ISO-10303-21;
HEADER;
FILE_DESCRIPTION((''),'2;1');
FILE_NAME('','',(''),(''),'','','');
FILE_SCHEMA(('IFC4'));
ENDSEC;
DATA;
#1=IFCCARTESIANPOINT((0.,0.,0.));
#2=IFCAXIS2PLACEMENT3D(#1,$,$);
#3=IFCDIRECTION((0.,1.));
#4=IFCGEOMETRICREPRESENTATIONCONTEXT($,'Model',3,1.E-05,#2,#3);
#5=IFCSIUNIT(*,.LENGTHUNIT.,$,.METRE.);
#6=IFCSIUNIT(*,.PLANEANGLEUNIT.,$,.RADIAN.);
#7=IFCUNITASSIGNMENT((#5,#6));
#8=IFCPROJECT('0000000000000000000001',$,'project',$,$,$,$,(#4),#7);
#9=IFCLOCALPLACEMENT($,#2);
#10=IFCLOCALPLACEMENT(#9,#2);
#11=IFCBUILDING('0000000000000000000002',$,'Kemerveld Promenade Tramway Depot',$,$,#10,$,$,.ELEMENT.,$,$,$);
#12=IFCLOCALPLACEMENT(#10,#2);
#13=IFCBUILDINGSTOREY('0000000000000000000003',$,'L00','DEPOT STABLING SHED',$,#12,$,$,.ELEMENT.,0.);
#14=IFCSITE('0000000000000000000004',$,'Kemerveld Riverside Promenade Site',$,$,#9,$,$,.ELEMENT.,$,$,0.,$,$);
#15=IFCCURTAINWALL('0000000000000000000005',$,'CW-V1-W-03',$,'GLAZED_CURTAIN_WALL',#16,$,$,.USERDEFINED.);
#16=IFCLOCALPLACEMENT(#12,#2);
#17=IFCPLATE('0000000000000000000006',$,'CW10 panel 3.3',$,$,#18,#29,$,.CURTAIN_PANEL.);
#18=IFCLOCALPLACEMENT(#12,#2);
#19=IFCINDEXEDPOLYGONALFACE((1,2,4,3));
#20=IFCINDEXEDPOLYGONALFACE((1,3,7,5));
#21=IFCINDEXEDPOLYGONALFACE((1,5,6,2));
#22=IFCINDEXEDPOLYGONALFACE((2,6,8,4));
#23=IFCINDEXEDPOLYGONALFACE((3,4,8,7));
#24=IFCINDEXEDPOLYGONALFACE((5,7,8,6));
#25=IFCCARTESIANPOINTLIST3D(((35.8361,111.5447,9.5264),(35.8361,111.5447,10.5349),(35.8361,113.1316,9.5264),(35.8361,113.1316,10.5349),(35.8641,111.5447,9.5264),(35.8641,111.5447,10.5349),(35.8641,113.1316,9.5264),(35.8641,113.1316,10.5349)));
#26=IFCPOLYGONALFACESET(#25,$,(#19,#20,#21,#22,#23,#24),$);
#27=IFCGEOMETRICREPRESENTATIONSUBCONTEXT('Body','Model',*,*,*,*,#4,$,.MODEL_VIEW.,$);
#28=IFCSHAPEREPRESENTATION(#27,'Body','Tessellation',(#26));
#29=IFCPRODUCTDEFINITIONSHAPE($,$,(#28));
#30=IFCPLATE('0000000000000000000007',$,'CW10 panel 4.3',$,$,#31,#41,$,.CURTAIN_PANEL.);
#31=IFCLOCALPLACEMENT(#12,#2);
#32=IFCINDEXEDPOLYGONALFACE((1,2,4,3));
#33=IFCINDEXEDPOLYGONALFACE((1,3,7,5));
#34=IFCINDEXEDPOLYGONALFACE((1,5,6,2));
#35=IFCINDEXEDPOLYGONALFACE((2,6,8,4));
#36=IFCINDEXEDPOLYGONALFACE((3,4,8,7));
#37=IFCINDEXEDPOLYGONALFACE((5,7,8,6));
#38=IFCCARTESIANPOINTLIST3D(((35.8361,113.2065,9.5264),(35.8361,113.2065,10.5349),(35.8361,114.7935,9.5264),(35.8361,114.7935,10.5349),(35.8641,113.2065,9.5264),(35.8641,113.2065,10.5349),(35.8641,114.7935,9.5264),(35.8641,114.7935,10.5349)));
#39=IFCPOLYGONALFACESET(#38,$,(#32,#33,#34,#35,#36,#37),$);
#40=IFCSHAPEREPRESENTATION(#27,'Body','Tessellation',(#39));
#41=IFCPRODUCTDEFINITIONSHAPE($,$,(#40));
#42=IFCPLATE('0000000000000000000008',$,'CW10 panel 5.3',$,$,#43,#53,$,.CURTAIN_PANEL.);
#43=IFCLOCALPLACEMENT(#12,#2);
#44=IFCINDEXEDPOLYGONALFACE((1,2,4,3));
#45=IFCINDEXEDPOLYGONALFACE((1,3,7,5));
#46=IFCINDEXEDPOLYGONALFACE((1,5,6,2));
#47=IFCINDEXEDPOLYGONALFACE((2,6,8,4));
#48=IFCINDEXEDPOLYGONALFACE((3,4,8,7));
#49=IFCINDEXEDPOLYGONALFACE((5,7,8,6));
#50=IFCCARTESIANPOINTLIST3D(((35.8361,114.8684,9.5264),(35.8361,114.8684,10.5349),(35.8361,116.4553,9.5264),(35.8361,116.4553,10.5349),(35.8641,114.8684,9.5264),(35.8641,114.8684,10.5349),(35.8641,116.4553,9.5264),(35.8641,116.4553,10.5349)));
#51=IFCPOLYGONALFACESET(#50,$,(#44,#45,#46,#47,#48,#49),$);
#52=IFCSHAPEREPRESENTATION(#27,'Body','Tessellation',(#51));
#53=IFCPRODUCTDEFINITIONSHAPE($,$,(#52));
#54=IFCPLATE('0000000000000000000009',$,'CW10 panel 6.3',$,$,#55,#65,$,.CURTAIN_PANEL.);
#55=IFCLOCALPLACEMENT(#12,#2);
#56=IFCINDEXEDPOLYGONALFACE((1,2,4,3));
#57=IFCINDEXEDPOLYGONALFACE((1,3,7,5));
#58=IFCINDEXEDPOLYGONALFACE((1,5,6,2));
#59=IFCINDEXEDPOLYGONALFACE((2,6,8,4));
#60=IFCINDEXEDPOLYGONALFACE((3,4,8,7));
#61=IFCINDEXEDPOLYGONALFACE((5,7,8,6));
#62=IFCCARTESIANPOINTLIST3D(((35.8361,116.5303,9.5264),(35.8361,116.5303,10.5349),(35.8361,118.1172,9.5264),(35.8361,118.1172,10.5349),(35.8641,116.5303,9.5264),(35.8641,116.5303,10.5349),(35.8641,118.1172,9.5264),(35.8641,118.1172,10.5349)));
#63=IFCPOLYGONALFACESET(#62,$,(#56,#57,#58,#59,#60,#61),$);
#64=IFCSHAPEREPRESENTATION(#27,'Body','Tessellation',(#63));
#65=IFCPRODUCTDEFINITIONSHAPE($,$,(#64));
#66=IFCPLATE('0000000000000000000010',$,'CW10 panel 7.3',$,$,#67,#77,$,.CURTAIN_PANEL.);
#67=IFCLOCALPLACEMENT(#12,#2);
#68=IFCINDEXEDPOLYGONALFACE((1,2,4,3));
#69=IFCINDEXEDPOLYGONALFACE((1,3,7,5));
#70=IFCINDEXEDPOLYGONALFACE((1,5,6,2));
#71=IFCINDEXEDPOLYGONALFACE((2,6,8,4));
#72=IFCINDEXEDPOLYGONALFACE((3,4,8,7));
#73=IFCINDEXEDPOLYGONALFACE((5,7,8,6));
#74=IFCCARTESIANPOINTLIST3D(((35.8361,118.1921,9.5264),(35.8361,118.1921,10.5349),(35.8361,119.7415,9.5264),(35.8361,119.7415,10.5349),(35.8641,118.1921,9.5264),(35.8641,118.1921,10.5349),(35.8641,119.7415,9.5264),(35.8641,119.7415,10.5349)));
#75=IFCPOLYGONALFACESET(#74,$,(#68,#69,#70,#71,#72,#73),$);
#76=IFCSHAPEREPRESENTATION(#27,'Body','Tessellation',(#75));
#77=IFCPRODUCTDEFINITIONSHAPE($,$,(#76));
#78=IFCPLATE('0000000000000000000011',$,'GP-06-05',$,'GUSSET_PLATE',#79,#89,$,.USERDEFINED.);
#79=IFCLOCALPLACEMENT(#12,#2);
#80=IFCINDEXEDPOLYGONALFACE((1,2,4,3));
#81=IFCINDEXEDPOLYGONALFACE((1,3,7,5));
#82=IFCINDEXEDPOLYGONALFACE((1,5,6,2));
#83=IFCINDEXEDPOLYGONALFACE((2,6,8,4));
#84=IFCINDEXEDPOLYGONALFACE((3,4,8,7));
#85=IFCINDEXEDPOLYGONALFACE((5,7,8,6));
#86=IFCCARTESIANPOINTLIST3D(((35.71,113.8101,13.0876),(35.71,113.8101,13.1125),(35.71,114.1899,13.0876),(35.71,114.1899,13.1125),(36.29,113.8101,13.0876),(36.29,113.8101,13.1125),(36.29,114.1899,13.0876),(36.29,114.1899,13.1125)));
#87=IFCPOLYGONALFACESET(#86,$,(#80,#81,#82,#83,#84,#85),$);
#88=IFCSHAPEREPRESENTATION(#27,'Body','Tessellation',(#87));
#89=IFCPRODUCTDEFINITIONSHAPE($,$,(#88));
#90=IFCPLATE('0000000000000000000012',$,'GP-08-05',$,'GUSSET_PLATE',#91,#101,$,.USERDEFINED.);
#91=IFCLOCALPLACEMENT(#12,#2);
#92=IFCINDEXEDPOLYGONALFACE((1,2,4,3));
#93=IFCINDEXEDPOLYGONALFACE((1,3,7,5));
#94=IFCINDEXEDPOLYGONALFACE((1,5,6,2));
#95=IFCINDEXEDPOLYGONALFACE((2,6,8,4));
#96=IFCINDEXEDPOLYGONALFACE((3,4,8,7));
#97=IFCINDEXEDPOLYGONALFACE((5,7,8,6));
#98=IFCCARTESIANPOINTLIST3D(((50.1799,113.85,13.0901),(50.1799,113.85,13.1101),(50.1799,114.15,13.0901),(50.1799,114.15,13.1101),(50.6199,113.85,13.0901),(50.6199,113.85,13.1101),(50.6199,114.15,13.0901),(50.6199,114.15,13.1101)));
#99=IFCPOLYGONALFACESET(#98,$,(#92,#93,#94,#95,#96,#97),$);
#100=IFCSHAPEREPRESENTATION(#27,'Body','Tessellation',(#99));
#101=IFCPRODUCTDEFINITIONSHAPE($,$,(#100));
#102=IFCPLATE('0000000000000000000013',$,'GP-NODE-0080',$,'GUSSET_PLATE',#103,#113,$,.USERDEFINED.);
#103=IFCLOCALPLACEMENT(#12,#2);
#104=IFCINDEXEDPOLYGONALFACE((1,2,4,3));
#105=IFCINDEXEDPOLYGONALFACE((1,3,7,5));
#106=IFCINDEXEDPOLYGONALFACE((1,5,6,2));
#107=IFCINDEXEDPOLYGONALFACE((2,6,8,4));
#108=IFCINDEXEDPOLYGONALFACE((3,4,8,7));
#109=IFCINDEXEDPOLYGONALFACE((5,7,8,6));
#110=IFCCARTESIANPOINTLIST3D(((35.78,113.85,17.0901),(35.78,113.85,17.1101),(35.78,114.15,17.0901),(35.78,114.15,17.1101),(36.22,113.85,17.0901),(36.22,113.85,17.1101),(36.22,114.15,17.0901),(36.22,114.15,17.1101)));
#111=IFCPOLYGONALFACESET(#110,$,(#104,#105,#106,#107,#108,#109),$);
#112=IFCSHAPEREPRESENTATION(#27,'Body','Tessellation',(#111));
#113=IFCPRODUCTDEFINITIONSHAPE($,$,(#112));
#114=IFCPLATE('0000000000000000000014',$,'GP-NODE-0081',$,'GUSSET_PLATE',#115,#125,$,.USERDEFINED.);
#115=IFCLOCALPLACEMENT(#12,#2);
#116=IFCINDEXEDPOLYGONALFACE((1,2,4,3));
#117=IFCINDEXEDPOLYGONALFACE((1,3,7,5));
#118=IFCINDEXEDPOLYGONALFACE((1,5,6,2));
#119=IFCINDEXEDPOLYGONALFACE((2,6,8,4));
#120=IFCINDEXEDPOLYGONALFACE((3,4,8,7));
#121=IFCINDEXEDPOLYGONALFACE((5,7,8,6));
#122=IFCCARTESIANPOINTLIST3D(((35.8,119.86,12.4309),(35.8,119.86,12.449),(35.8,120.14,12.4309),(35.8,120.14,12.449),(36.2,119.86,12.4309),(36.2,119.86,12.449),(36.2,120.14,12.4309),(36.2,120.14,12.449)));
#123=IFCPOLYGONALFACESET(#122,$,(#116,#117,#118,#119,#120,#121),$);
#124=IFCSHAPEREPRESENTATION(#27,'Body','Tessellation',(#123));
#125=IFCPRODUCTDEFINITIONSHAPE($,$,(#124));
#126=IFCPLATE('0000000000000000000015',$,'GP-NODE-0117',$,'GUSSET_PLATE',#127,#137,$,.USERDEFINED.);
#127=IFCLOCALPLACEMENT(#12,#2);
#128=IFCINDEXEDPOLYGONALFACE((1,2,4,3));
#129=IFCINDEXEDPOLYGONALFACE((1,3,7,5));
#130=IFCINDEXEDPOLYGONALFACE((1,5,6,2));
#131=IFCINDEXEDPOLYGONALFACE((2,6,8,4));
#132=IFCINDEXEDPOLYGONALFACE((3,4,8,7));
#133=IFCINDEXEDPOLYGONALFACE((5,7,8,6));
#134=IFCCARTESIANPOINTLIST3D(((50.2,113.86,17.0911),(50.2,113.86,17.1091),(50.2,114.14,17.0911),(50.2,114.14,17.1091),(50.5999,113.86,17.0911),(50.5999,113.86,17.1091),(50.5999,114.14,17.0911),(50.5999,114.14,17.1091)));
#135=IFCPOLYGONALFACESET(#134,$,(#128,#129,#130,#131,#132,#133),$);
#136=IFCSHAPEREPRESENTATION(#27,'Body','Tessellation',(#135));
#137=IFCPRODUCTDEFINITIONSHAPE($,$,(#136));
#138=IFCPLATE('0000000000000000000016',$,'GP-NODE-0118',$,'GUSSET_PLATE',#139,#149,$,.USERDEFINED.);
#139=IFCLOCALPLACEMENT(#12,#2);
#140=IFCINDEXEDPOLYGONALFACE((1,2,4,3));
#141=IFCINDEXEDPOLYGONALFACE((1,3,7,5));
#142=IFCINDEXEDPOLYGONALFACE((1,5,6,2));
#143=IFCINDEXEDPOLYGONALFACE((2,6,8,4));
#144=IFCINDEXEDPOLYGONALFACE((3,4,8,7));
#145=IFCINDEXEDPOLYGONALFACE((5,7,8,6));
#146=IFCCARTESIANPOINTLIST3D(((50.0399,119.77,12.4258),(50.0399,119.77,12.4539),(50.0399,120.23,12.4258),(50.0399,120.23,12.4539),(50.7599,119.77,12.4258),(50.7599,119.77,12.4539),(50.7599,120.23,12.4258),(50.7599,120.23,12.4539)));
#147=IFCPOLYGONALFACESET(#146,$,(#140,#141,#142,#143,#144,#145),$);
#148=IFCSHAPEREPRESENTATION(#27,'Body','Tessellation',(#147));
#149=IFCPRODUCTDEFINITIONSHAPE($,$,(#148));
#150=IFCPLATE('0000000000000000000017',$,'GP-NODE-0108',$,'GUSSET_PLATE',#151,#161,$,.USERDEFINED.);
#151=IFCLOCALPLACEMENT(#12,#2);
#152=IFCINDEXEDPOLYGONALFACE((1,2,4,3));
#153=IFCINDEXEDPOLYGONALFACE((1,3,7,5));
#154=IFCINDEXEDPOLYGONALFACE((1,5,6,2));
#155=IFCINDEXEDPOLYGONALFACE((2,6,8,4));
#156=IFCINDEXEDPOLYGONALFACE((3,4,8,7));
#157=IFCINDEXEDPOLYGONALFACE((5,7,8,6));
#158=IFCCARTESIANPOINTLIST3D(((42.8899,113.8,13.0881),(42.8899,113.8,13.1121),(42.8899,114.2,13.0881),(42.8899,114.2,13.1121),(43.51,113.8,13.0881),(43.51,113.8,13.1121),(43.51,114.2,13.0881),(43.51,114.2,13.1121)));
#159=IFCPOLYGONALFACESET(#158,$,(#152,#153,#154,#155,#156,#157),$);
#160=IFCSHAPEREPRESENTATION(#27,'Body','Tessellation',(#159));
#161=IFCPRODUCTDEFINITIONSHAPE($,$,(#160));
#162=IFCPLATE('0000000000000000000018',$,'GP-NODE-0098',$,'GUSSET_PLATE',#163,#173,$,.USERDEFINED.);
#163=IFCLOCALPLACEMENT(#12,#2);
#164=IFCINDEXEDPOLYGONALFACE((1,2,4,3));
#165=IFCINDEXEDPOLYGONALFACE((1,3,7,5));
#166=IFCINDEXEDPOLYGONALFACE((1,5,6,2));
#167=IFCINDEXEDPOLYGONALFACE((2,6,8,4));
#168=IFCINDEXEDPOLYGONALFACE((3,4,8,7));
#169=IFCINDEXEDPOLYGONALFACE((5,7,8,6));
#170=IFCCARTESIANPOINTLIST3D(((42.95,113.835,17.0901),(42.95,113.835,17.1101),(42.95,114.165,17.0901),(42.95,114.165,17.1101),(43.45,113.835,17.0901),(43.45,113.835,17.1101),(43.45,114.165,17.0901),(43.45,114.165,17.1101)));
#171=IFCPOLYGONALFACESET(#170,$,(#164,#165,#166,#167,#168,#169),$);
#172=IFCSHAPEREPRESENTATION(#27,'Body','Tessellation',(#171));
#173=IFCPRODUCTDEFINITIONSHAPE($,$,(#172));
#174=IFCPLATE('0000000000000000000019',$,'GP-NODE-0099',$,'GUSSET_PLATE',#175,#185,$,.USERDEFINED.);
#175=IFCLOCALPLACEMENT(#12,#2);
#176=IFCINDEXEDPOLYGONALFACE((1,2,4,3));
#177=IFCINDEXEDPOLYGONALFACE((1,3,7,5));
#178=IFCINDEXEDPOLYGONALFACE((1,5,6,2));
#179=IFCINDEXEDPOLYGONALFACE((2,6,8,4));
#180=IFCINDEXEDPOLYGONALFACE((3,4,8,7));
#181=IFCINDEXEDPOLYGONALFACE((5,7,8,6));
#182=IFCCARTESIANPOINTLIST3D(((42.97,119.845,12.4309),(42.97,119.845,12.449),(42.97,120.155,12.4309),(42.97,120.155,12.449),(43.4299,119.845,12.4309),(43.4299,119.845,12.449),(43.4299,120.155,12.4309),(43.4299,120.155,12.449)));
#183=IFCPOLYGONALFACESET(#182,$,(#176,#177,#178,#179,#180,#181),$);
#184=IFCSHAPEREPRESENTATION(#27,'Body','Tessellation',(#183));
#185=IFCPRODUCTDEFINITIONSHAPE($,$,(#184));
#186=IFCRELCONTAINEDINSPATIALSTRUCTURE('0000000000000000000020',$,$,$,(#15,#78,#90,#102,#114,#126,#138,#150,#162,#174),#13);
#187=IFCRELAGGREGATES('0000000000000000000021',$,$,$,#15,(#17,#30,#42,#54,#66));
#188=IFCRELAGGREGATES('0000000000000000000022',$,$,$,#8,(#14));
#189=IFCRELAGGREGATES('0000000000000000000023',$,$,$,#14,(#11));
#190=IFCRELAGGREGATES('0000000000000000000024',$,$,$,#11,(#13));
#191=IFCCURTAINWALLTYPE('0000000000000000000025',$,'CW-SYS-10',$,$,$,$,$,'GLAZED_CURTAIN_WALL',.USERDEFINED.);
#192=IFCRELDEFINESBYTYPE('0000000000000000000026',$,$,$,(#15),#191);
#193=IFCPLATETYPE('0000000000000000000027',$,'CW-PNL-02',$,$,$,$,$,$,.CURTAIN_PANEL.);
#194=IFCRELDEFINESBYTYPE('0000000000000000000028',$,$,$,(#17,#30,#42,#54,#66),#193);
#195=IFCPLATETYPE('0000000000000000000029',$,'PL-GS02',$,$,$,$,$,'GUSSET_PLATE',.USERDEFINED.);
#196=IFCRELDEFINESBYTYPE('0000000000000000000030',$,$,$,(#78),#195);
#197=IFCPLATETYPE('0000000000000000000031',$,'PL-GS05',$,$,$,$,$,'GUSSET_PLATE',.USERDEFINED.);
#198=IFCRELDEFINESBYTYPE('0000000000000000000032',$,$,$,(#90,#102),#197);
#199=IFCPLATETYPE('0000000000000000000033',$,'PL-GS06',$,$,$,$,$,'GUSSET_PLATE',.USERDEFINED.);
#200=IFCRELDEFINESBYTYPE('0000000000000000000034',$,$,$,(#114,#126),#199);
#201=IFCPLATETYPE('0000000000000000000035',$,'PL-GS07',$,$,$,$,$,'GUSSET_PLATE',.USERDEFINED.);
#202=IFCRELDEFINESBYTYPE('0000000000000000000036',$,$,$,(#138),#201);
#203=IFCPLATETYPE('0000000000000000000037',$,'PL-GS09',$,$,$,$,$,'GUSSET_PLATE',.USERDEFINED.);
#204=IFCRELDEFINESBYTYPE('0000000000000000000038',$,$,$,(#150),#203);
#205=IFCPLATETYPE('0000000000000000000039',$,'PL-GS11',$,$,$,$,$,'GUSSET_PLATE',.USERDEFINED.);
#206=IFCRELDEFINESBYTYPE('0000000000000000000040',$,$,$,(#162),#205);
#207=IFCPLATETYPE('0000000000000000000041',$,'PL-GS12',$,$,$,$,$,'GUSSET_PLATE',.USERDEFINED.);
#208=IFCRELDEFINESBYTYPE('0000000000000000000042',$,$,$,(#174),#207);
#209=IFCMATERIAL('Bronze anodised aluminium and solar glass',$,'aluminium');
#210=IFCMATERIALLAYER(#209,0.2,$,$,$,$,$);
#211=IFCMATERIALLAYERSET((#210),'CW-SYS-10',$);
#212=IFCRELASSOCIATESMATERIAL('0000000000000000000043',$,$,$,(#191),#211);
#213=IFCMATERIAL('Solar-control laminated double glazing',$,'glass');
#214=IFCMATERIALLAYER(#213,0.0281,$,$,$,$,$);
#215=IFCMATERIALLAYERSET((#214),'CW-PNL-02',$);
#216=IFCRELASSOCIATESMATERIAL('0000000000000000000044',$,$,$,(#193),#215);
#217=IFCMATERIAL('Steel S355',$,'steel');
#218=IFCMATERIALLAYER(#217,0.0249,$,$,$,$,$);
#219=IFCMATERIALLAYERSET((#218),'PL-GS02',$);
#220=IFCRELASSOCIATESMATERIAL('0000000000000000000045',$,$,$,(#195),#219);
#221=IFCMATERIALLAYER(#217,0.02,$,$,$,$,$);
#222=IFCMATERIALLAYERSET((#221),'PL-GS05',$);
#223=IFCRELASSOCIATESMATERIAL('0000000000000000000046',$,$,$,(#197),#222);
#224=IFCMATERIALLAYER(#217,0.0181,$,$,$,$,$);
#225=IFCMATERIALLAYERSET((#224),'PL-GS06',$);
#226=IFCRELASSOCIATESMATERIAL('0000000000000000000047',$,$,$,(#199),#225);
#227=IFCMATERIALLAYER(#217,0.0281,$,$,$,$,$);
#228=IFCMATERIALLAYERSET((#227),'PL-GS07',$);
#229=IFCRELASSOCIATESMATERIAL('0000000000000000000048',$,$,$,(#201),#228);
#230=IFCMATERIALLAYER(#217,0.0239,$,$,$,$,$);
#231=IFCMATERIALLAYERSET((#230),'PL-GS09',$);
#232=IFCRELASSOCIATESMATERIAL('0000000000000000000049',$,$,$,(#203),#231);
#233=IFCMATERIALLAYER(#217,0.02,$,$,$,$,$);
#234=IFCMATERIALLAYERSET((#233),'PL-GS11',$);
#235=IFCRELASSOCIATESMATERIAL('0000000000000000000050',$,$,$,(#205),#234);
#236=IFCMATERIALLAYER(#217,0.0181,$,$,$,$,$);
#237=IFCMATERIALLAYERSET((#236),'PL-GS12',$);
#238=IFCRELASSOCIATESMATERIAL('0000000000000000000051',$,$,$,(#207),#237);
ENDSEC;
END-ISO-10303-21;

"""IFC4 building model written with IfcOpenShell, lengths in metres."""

from ifc_helpers import new_model, si_unit, direction, frame, origin, origin_2d, place, context, subcontext, project, spatial, rectangle, extrude, material, layer, layer_set, type_object, element, aggregate, save


model = new_model("IFC4")

# Units and contexts
model_context = context("Model", 3, precision=1e-05, world=origin(), true_north=direction((0.0, 1.0)))
body_context = subcontext(model_context, "Body", "Model", "MODEL_VIEW")
ifc_project = project(units=[si_unit("LENGTHUNIT", "METRE"), si_unit("PLANEANGLEUNIT", "RADIAN")], contexts=[model_context])

# Site, building, storey
site_placement = place(None, origin())
site = spatial("IfcSite", under=ifc_project, at=site_placement, Name="Kemerveld Riverside Promenade Site", CompositionType="ELEMENT", RefElevation=0.0)
building_placement = place(site_placement, origin())
building = spatial("IfcBuilding", under=site, at=building_placement, Name="Kemerveld Promenade Tramway Depot", CompositionType="ELEMENT")
storey_placement = place(building_placement, origin())
storey = spatial("IfcBuildingStorey", under=building, at=storey_placement, Name="L00", Description="DEPOT STABLING SHED", CompositionType="ELEMENT", Elevation=0.0)

# Shared definitions
ifc_material_1 = material(Name="Steel S355", Category="steel")

# Curtain wall
ifc_material_2 = material(Name="Bronze anodised aluminium and solar glass", Category="aluminium")
ifc_layer_1 = layer(ifc_material_2, 0.2)
ifc_layer_set_1 = layer_set([ifc_layer_1], Name="CW-SYS-10")
curtain_wall_type = type_object("IfcCurtainWallType", Name="CW-SYS-10", ElementType="GLAZED_CURTAIN_WALL", PredefinedType="USERDEFINED", material=ifc_layer_set_1)
curtain_wall_placement = place(storey_placement, origin())
curtain_wall = element("IfcCurtainWall", 1, at=curtain_wall_placement, inside=storey, type_object=curtain_wall_type, Name="CW-V1-W-03", ObjectType="GLAZED_CURTAIN_WALL", PredefinedType="USERDEFINED")

# Plates
ifc_material_3 = material(Name="Solar-control laminated double glazing", Category="glass")
ifc_layer_2 = layer(ifc_material_3, 0.0281)
ifc_layer_set_2 = layer_set([ifc_layer_2], Name="CW-PNL-02")
plate_type_1 = type_object("IfcPlateType", Name="CW-PNL-02", PredefinedType="CURTAIN_PANEL", material=ifc_layer_set_2)
plate_1_placement = place(storey_placement, frame((35.8501, 112.3381, 9.5264), z_axis=(0.0, 0.0, 1.0), x_axis=(0.0, 1.0, 0.0)))
plate_1 = element("IfcPlate", 2, at=plate_1_placement, type_object=plate_type_1, Name="CW10 panel 3.3", PredefinedType="CURTAIN_PANEL", context=body_context, shape_type="SweptSolid", body=[
    extrude(rectangle(XDim=1.5869, YDim=0.0281, at=origin_2d()), origin(), (0.0, 0.0, 1.0), 1.0085),
])
plate_2_placement = place(storey_placement, frame((35.8501, 114.0, 9.5264), z_axis=(0.0, 0.0, 1.0), x_axis=(0.0, 1.0, 0.0)))
plate_2 = element("IfcPlate", 3, at=plate_2_placement, type_object=plate_type_1, Name="CW10 panel 4.3", PredefinedType="CURTAIN_PANEL", context=body_context, shape_type="SweptSolid", body=[
    extrude(rectangle(XDim=1.5869, YDim=0.0281, at=origin_2d()), origin(), (0.0, 0.0, 1.0), 1.0085),
])
plate_3_placement = place(storey_placement, frame((35.8501, 115.6619, 9.5264), z_axis=(0.0, 0.0, 1.0), x_axis=(0.0, 1.0, 0.0)))
plate_3 = element("IfcPlate", 4, at=plate_3_placement, type_object=plate_type_1, Name="CW10 panel 5.3", PredefinedType="CURTAIN_PANEL", context=body_context, shape_type="SweptSolid", body=[
    extrude(rectangle(XDim=1.5869, YDim=0.0281, at=origin_2d()), origin(), (0.0, 0.0, 1.0), 1.0085),
])
plate_4_placement = place(storey_placement, frame((35.8501, 117.3237, 9.5264), z_axis=(0.0, 0.0, 1.0), x_axis=(0.0, 1.0, 0.0)))
plate_4 = element("IfcPlate", 5, at=plate_4_placement, type_object=plate_type_1, Name="CW10 panel 6.3", PredefinedType="CURTAIN_PANEL", context=body_context, shape_type="SweptSolid", body=[
    extrude(rectangle(XDim=1.5869, YDim=0.0281, at=origin_2d()), origin(), (0.0, 0.0, 1.0), 1.0085),
])
plate_5_placement = place(storey_placement, frame((35.8501, 118.9668, 9.5264), z_axis=(0.0, 0.0, 1.0), x_axis=(0.0, 1.0, 0.0)))
plate_5 = element("IfcPlate", 6, at=plate_5_placement, type_object=plate_type_1, Name="CW10 panel 7.3", PredefinedType="CURTAIN_PANEL", context=body_context, shape_type="SweptSolid", body=[
    extrude(rectangle(XDim=1.5493, YDim=0.0281, at=origin_2d()), origin(), (0.0, 0.0, 1.0), 1.0085),
])
aggregate(curtain_wall, [plate_1, plate_2, plate_3, plate_4, plate_5])

# Plates
ifc_layer_3 = layer(ifc_material_1, 0.0249)
ifc_layer_set_3 = layer_set([ifc_layer_3], Name="PL-GS02")
plate_type_2 = type_object("IfcPlateType", Name="PL-GS02", ElementType="GUSSET_PLATE", PredefinedType="USERDEFINED", material=ifc_layer_set_3)
plate_6_placement = place(storey_placement, frame((36.0, 114.0, 13.0876), z_axis=(0.0, 0.0, 1.0), x_axis=(1.0, 0.0, 0.0)))
element("IfcPlate", 7, at=plate_6_placement, inside=storey, type_object=plate_type_2, Name="GP-06-05", ObjectType="GUSSET_PLATE", PredefinedType="USERDEFINED", context=body_context, shape_type="SweptSolid", body=[
    extrude(rectangle(XDim=0.5801, YDim=0.3799, at=origin_2d()), origin(), (0.0, 0.0, 1.0), 0.0249),
])
ifc_layer_4 = layer(ifc_material_1, 0.02)
ifc_layer_set_4 = layer_set([ifc_layer_4], Name="PL-GS05")
plate_type_3 = type_object("IfcPlateType", Name="PL-GS05", ElementType="GUSSET_PLATE", PredefinedType="USERDEFINED", material=ifc_layer_set_4)
for number, where, z_axis, x_axis, name in (
    (8, (50.3999, 114.0, 13.0901), (0.0, 0.0, 1.0), (1.0, 0.0, 0.0), "GP-08-05"),
    (9, (36.0, 114.0, 17.0901), (0.0, 0.0, 1.0), (1.0, 0.0, 0.0), "GP-NODE-0080"),
):
    element("IfcPlate", number, at=place(storey_placement, frame(where, z_axis=z_axis, x_axis=x_axis)), inside=storey, type_object=plate_type_3, Name=name, ObjectType="GUSSET_PLATE", PredefinedType="USERDEFINED", context=body_context, shape_type="SweptSolid", body=[
        extrude(rectangle(XDim=0.4399, YDim=0.3, at=origin_2d()), origin(), (0.0, 0.0, 1.0), 0.02),
    ])
ifc_layer_5 = layer(ifc_material_1, 0.0181)
ifc_layer_set_5 = layer_set([ifc_layer_5], Name="PL-GS06")
plate_type_4 = type_object("IfcPlateType", Name="PL-GS06", ElementType="GUSSET_PLATE", PredefinedType="USERDEFINED", material=ifc_layer_set_5)
for number, where, z_axis, x_axis, name in (
    (10, (36.0, 120.0, 12.4309), (0.0, 0.0, 1.0), (1.0, 0.0, 0.0), "GP-NODE-0081"),
    (11, (50.3999, 114.0, 17.0911), (0.0, 0.0, 1.0), (1.0, 0.0, 0.0), "GP-NODE-0117"),
):
    element("IfcPlate", number, at=place(storey_placement, frame(where, z_axis=z_axis, x_axis=x_axis)), inside=storey, type_object=plate_type_4, Name=name, ObjectType="GUSSET_PLATE", PredefinedType="USERDEFINED", context=body_context, shape_type="SweptSolid", body=[
        extrude(rectangle(XDim=0.3999, YDim=0.28, at=origin_2d()), origin(), (0.0, 0.0, 1.0), 0.0181),
    ])
ifc_layer_6 = layer(ifc_material_1, 0.0281)
ifc_layer_set_6 = layer_set([ifc_layer_6], Name="PL-GS07")
plate_type_5 = type_object("IfcPlateType", Name="PL-GS07", ElementType="GUSSET_PLATE", PredefinedType="USERDEFINED", material=ifc_layer_set_6)
plate_7_placement = place(storey_placement, frame((50.3999, 120.0, 12.4258), z_axis=(0.0, 0.0, 1.0), x_axis=(1.0, 0.0, 0.0)))
element("IfcPlate", 12, at=plate_7_placement, inside=storey, type_object=plate_type_5, Name="GP-NODE-0118", ObjectType="GUSSET_PLATE", PredefinedType="USERDEFINED", context=body_context, shape_type="SweptSolid", body=[
    extrude(rectangle(XDim=0.72, YDim=0.46, at=origin_2d()), origin(), (0.0, 0.0, 1.0), 0.0281),
])
ifc_layer_7 = layer(ifc_material_1, 0.0239)
ifc_layer_set_7 = layer_set([ifc_layer_7], Name="PL-GS09")
plate_type_6 = type_object("IfcPlateType", Name="PL-GS09", ElementType="GUSSET_PLATE", PredefinedType="USERDEFINED", material=ifc_layer_set_7)
plate_8_placement = place(storey_placement, frame((43.2, 114.0, 13.0881), z_axis=(0.0, 0.0, 1.0), x_axis=(1.0, 0.0, 0.0)))
element("IfcPlate", 13, at=plate_8_placement, inside=storey, type_object=plate_type_6, Name="GP-NODE-0108", ObjectType="GUSSET_PLATE", PredefinedType="USERDEFINED", context=body_context, shape_type="SweptSolid", body=[
    extrude(rectangle(XDim=0.6201, YDim=0.3999, at=origin_2d()), origin(), (0.0, 0.0, 1.0), 0.0239),
])
ifc_layer_8 = layer(ifc_material_1, 0.02)
ifc_layer_set_8 = layer_set([ifc_layer_8], Name="PL-GS11")
plate_type_7 = type_object("IfcPlateType", Name="PL-GS11", ElementType="GUSSET_PLATE", PredefinedType="USERDEFINED", material=ifc_layer_set_8)
plate_9_placement = place(storey_placement, frame((43.2, 114.0, 17.0901), z_axis=(0.0, 0.0, 1.0), x_axis=(1.0, 0.0, 0.0)))
element("IfcPlate", 14, at=plate_9_placement, inside=storey, type_object=plate_type_7, Name="GP-NODE-0098", ObjectType="GUSSET_PLATE", PredefinedType="USERDEFINED", context=body_context, shape_type="SweptSolid", body=[
    extrude(rectangle(XDim=0.5, YDim=0.3301, at=origin_2d()), origin(), (0.0, 0.0, 1.0), 0.02),
])
ifc_layer_9 = layer(ifc_material_1, 0.0181)
ifc_layer_set_9 = layer_set([ifc_layer_9], Name="PL-GS12")
plate_type_8 = type_object("IfcPlateType", Name="PL-GS12", ElementType="GUSSET_PLATE", PredefinedType="USERDEFINED", material=ifc_layer_set_9)
plate_10_placement = place(storey_placement, frame((43.2, 120.0, 12.4309), z_axis=(0.0, 0.0, 1.0), x_axis=(1.0, 0.0, 0.0)))
element("IfcPlate", 15, at=plate_10_placement, inside=storey, type_object=plate_type_8, Name="GP-NODE-0099", ObjectType="GUSSET_PLATE", PredefinedType="USERDEFINED", context=body_context, shape_type="SweptSolid", body=[
    extrude(rectangle(XDim=0.46, YDim=0.3101, at=origin_2d()), origin(), (0.0, 0.0, 1.0), 0.0181),
])

save(model, "model.ifc")
